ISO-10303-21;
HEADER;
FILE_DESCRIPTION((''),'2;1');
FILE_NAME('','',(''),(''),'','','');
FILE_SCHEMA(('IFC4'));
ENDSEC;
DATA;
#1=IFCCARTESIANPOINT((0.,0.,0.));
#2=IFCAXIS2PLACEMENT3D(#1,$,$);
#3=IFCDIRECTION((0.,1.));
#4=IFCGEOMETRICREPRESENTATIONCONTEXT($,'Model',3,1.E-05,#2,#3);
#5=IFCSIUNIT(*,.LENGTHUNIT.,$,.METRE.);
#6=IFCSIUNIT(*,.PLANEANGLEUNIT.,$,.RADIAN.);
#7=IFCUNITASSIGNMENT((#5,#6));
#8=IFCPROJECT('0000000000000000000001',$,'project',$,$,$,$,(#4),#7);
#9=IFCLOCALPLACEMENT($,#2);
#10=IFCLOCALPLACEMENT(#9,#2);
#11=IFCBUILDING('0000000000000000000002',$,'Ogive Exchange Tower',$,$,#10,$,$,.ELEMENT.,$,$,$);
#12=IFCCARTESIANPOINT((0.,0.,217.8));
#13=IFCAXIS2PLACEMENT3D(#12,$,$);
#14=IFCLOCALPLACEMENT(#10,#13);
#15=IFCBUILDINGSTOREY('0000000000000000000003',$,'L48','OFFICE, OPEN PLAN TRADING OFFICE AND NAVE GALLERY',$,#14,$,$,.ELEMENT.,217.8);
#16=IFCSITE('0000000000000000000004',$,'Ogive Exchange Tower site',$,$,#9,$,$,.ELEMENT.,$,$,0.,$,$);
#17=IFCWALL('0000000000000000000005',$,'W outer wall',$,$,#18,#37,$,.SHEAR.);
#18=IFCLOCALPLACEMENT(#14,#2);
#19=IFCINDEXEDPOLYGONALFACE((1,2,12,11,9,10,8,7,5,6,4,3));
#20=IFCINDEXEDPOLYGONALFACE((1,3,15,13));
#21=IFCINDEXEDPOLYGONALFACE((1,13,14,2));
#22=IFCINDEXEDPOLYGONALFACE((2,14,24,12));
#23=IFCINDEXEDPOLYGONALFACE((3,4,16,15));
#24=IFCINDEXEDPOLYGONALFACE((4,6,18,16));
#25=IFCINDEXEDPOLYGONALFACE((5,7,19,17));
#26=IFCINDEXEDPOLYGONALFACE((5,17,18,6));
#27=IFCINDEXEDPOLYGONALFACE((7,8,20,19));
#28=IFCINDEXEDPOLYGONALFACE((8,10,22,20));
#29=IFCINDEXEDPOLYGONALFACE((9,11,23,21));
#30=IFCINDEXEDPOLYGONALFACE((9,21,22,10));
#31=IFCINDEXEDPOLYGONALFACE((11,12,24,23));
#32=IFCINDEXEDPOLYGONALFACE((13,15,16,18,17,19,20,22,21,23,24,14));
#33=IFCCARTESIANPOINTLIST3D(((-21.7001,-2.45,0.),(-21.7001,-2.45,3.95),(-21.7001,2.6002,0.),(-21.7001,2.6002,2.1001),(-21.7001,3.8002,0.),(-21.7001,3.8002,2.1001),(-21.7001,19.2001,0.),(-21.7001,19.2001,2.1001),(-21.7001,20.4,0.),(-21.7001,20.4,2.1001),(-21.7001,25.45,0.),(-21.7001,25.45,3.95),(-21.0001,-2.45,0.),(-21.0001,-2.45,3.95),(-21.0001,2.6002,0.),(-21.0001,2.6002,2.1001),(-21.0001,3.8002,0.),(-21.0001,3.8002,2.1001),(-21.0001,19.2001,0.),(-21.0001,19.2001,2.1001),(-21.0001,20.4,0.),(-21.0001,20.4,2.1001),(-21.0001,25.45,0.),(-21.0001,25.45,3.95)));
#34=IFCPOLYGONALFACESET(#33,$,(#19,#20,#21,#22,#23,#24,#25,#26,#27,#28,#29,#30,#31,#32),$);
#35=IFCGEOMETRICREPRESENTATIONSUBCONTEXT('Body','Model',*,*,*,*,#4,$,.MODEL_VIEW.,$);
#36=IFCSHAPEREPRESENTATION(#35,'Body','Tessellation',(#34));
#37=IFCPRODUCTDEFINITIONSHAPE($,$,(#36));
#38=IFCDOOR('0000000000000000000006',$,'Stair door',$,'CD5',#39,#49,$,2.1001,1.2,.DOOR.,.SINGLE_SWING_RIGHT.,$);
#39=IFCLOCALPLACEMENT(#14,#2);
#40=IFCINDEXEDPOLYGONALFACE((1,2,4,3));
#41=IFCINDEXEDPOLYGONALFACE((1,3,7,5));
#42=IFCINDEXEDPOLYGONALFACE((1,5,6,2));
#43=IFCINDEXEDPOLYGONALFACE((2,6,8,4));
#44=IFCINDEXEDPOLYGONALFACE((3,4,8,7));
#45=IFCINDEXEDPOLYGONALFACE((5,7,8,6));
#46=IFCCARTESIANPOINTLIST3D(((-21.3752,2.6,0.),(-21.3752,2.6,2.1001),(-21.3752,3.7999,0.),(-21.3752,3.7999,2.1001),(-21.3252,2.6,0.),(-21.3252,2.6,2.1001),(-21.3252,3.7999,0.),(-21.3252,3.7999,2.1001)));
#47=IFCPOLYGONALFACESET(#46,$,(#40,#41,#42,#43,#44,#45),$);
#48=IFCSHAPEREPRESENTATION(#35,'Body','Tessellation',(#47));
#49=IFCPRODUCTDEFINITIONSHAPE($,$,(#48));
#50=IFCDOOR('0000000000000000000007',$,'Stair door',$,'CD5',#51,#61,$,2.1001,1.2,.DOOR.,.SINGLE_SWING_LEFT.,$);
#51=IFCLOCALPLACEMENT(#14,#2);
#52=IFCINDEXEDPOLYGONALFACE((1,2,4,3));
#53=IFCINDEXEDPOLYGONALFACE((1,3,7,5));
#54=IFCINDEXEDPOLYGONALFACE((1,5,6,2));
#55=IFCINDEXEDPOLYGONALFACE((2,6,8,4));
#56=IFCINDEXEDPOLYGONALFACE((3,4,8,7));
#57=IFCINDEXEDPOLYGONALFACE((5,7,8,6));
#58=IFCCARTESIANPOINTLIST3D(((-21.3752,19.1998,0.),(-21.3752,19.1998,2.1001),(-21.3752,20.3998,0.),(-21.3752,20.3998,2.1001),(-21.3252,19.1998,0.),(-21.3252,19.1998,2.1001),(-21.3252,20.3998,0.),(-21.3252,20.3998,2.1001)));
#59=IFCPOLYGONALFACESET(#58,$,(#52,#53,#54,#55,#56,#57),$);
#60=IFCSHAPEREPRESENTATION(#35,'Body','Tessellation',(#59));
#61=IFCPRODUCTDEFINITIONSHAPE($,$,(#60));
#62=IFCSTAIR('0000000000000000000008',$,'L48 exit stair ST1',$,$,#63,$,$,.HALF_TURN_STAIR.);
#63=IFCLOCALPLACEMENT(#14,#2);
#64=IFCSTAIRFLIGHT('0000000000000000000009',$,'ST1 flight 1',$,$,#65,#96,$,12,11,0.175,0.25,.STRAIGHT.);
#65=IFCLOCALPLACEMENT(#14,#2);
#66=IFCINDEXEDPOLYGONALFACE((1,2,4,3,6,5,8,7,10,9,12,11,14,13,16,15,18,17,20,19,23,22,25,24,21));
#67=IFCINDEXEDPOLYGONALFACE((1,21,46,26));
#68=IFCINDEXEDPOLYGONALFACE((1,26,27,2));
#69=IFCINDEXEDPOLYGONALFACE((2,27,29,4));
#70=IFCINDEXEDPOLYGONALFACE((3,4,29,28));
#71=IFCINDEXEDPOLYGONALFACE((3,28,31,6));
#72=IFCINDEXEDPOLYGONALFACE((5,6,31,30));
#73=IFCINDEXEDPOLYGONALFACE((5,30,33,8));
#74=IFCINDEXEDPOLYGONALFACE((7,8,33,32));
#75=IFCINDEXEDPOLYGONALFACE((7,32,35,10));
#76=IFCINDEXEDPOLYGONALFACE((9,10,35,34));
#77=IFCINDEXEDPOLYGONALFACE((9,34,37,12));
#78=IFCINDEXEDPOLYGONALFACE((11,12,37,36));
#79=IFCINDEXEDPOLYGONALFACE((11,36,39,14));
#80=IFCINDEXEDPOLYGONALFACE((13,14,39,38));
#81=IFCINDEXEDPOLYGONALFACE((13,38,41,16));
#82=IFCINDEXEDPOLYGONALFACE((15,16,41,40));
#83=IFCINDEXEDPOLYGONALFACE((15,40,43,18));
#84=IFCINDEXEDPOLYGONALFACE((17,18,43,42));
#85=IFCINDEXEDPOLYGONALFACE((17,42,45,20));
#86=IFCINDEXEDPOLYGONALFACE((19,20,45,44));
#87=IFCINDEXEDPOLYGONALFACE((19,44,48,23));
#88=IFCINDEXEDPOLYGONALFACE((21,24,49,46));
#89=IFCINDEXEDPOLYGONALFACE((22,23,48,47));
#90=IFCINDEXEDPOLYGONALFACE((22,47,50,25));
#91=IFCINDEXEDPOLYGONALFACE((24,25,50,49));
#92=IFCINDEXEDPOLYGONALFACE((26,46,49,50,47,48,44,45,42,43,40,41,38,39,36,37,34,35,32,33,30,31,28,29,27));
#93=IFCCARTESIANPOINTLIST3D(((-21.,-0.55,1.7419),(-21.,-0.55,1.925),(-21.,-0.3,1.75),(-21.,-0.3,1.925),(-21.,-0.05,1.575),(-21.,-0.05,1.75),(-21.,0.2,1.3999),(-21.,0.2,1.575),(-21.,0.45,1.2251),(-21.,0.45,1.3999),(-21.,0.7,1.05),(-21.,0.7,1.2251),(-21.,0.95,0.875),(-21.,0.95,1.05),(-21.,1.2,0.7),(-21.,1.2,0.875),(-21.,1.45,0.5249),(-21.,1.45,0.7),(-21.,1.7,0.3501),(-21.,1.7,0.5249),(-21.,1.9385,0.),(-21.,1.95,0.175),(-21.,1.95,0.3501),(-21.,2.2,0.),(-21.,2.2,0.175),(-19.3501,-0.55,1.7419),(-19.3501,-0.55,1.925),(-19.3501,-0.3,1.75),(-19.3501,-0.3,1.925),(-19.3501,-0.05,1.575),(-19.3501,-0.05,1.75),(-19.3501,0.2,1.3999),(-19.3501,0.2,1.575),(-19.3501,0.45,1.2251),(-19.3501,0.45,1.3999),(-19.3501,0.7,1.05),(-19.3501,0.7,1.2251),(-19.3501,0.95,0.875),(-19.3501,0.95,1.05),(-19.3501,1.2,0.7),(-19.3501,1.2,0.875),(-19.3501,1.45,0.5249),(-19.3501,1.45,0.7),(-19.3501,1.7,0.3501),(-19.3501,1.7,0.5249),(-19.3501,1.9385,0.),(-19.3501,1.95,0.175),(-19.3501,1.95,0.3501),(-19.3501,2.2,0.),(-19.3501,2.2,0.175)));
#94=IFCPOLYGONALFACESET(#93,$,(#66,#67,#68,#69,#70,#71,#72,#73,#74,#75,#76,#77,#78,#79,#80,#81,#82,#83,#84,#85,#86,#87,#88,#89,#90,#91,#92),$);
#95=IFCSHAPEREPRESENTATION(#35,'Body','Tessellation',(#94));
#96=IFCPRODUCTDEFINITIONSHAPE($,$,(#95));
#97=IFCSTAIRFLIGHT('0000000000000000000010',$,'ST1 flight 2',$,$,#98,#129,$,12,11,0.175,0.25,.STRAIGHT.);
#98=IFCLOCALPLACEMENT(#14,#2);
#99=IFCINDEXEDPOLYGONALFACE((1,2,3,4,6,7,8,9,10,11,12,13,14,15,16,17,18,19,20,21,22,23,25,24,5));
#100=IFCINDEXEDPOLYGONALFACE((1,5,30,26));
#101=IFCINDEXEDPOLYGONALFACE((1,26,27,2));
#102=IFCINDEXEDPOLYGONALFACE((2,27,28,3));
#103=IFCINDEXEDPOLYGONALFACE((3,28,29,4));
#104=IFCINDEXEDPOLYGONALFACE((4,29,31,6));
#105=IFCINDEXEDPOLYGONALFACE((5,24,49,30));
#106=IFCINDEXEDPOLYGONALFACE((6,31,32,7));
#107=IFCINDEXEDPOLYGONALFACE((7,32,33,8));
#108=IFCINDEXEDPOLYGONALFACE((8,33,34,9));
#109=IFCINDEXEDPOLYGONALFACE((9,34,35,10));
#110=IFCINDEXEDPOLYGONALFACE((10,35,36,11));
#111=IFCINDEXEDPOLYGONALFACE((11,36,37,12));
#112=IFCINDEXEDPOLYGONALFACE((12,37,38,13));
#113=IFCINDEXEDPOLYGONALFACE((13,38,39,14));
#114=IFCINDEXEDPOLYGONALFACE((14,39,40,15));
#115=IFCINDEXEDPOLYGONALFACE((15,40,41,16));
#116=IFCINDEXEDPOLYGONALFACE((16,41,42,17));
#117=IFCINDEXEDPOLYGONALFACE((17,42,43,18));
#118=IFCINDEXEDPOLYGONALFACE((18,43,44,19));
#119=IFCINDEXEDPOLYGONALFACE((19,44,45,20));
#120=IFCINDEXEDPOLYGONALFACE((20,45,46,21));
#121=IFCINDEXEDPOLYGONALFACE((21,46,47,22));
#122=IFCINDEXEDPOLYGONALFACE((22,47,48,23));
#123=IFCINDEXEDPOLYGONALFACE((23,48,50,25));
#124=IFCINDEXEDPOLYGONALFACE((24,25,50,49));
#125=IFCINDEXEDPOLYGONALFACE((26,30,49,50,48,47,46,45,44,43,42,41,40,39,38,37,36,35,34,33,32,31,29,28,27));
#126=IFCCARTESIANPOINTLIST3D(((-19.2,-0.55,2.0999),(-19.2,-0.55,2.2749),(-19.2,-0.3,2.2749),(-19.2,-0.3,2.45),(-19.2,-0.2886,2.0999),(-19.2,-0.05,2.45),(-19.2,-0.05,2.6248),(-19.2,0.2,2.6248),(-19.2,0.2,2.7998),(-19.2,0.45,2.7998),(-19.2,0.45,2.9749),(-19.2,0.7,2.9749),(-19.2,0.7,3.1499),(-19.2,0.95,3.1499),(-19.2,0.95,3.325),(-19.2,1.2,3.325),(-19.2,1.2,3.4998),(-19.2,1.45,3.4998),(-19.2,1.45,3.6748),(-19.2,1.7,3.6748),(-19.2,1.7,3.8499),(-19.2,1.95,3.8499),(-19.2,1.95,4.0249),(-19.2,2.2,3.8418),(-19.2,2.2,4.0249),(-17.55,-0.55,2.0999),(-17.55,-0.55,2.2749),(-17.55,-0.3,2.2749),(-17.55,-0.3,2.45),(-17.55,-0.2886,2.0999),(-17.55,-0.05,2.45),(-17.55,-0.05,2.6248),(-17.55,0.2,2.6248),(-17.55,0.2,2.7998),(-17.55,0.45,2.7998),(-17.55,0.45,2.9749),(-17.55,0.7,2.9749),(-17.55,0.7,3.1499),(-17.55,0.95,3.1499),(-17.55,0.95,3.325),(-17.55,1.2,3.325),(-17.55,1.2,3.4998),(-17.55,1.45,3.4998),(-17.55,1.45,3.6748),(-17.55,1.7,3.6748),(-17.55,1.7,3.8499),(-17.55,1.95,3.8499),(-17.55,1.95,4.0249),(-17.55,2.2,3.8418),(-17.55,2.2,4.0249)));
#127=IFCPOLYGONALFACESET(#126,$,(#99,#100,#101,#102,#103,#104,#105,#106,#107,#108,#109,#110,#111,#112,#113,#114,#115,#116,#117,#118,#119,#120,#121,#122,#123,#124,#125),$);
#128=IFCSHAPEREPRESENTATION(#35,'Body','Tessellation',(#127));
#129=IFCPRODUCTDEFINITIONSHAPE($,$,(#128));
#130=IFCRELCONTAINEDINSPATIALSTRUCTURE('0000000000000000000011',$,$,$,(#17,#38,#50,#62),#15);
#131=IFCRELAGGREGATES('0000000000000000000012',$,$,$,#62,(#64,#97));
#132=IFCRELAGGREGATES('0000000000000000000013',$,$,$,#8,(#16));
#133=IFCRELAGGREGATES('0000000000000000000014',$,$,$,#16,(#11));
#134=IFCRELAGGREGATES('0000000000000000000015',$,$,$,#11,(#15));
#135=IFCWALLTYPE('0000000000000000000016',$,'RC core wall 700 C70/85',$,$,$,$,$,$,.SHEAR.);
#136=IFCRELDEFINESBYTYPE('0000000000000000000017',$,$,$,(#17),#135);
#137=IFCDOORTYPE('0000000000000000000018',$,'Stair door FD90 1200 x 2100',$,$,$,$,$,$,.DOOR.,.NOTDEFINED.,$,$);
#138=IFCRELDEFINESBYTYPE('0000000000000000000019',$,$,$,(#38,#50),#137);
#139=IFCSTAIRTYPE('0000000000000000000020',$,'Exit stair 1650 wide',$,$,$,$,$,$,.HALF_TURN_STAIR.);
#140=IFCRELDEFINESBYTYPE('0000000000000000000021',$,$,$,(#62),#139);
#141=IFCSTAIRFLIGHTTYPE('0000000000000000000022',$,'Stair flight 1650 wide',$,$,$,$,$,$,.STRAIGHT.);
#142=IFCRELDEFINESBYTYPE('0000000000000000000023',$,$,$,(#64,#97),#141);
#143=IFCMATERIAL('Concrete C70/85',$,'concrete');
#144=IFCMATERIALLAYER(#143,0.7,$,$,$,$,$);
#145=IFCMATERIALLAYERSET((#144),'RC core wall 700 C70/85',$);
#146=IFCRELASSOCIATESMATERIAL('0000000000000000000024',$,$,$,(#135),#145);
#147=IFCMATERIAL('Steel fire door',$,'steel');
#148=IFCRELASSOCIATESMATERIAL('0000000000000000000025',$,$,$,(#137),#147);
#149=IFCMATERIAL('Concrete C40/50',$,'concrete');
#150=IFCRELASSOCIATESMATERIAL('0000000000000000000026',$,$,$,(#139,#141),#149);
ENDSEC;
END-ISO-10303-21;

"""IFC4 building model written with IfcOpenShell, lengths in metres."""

from ifc_helpers import new_model, si_unit, direction, frame, frame_2d, origin, place, context, subcontext, project, spatial, polyline, rectangle, outline, extrude, material, layer, layer_set, type_object, element, fill, aggregate, save


model = new_model("IFC4")

# Units and contexts
model_context = context("Model", 3, precision=1e-05, world=origin(), true_north=direction((0.0, 1.0)))
body_context = subcontext(model_context, "Body", "Model", "MODEL_VIEW")
ifc_project = project(units=[si_unit("LENGTHUNIT", "METRE"), si_unit("PLANEANGLEUNIT", "RADIAN")], contexts=[model_context])

# Site, building, storey
site_placement = place(None, origin())
site = spatial("IfcSite", under=ifc_project, at=site_placement, Name="Ogive Exchange Tower site", CompositionType="ELEMENT", RefElevation=0.0)
building_placement = place(site_placement, origin())
building = spatial("IfcBuilding", under=site, at=building_placement, Name="Ogive Exchange Tower", CompositionType="ELEMENT")
storey_placement = place(building_placement, frame((0.0, 0.0, 217.8)))
storey = spatial("IfcBuildingStorey", under=building, at=storey_placement, Name="L48", Description="OFFICE, OPEN PLAN TRADING OFFICE AND NAVE GALLERY", CompositionType="ELEMENT", Elevation=217.8)

# Shared definitions
ifc_material_1 = material(Name="Concrete C70/85", Category="concrete")
ifc_material_2 = material(Name="Steel fire door", Category="steel")

# Wall, openings, doors
ifc_layer_1 = layer(ifc_material_1, 0.7)
ifc_layer_set_1 = layer_set([ifc_layer_1], Name="RC core wall 700 C70/85")
wall_type_1 = type_object("IfcWallType", Name="RC core wall 700 C70/85", PredefinedType="SHEAR", material=ifc_layer_set_1)
wall_1_placement = place(storey_placement, frame((-21.3501, -2.45, 0.0), z_axis=(0.0, 0.0, 1.0), x_axis=(0.0, 1.0, 0.0)))
wall_1 = element("IfcWall", 1, at=wall_1_placement, inside=storey, type_object=wall_type_1, Name="W outer wall", PredefinedType="SHEAR", context=body_context, shape_type="SweptSolid", body=[
    extrude(rectangle(XDim=27.8999, YDim=0.7, at=frame_2d((13.95, 0.0))), origin(), (0.0, 0.0, 1.0), 3.95),
])
opening_1_placement = place(wall_1_placement, frame((5.05, 0.0, 0.0)))
opening_1 = element("IfcOpeningElement", 2, at=opening_1_placement, cuts=wall_1, PredefinedType="OPENING", context=body_context, shape_type="SweptSolid", body=[
    extrude(rectangle(XDim=1.2, YDim=2.1001, at=frame_2d((0.6001, 1.05))), frame((0.0, 0.3599, 0.0), z_axis=(0.0, -1.0, 0.0), x_axis=(1.0, 0.0, 0.0)), (0.0, 0.0, 1.0), 0.72),
])
opening_2_placement = place(wall_1_placement, frame((21.6499, 0.0, 0.0)))
opening_2 = element("IfcOpeningElement", 3, at=opening_2_placement, cuts=wall_1, PredefinedType="OPENING", context=body_context, shape_type="SweptSolid", body=[
    extrude(rectangle(XDim=1.2, YDim=2.1001, at=frame_2d((0.6001, 1.05))), frame((0.0, 0.3599, 0.0), z_axis=(0.0, -1.0, 0.0), x_axis=(1.0, 0.0, 0.0)), (0.0, 0.0, 1.0), 0.72),
])
door_type_1 = type_object("IfcDoorType", Name="Stair door FD90 1200 x 2100", OperationType="NOTDEFINED", PredefinedType="DOOR", material=ifc_material_2)
door_1_placement = place(opening_1_placement, frame((1.2, 0.0, 0.0), z_axis=(0.0, 0.0, 1.0), x_axis=(-1.0, 0.0, 0.0)))
door_1 = element("IfcDoor", 4, at=door_1_placement, inside=storey, type_object=door_type_1, Name="Stair door", ObjectType="CD5", OperationType="SINGLE_SWING_RIGHT", OverallHeight=2.1001, OverallWidth=1.2, PredefinedType="DOOR", context=body_context, shape_type="SweptSolid", body=[
    extrude(rectangle(XDim=1.2, YDim=2.1001, at=frame_2d((0.6001, 1.05))), frame((0.0, 0.0249, 0.0), z_axis=(0.0, -1.0, 0.0), x_axis=(1.0, 0.0, 0.0)), (0.0, 0.0, 1.0), 0.05),
])
fill(opening_1, door_1)
door_2_placement = place(opening_2_placement, frame((1.2, 0.0, 0.0), z_axis=(0.0, 0.0, 1.0), x_axis=(-1.0, 0.0, 0.0)))
door_2 = element("IfcDoor", 5, at=door_2_placement, inside=storey, type_object=door_type_1, Name="Stair door", ObjectType="CD5", OperationType="SINGLE_SWING_LEFT", OverallHeight=2.1001, OverallWidth=1.2, PredefinedType="DOOR", context=body_context, shape_type="SweptSolid", body=[
    extrude(rectangle(XDim=1.2, YDim=2.1001, at=frame_2d((0.6001, 1.05))), frame((0.0, 0.0249, 0.0), z_axis=(0.0, -1.0, 0.0), x_axis=(1.0, 0.0, 0.0)), (0.0, 0.0, 1.0), 0.05),
])
fill(opening_2, door_2)

# Stair, stair flights
ifc_material_3 = material(Name="Concrete C40/50", Category="concrete")
stair_type = type_object("IfcStairType", Name="Exit stair 1650 wide", PredefinedType="HALF_TURN_STAIR", material=ifc_material_3)
stair_placement = place(storey_placement, origin())
stair = element("IfcStair", 6, at=stair_placement, inside=storey, type_object=stair_type, Name="L48 exit stair ST1", PredefinedType="HALF_TURN_STAIR")
stair_flight_type = type_object("IfcStairFlightType", Name="Stair flight 1650 wide", PredefinedType="STRAIGHT", material=ifc_material_3)
stair_flight_1_placement = place(storey_placement, frame((-20.175, 2.2, 0.0), z_axis=(0.0, 0.0, 1.0), x_axis=(0.0, -1.0, 0.0)))
stair_flight_1 = element("IfcStairFlight", 7, at=stair_flight_1_placement, type_object=stair_flight_type, Name="ST1 flight 1", NumberOfRisers=12, NumberOfTreads=11, PredefinedType="STRAIGHT", RiserHeight=0.175, TreadLength=0.25, context=body_context, shape_type="SweptSolid", body=[
    extrude(outline(polyline([(0.0, 0.0), (0.0, 0.175), (0.25, 0.175), (0.25, 0.3501), (0.5, 0.3501), (0.5, 0.5249), (0.75, 0.5249), (0.75, 0.7), (1.0, 0.7), (1.0, 0.875), (1.25, 0.875), (1.25, 1.05), (1.5, 1.05), (1.5, 1.2251), (1.75, 1.2251), (1.75, 1.3999), (2.0, 1.3999), (2.0, 1.575), (2.25, 1.575), (2.25, 1.75), (2.5, 1.75), (2.5, 1.925), (2.75, 1.925), (2.75, 2.1001), (2.75, 1.7419), (0.2615, 0.0), (0.0, 0.0)])), frame((0.0, 0.825, 0.0), z_axis=(0.0, -1.0, 0.0), x_axis=(1.0, 0.0, 0.0)), (0.0, 0.0, 1.0), 1.6499),
])
stair_flight_2_placement = place(storey_placement, frame((-18.375, -0.55, 2.0999), z_axis=(0.0, 0.0, 1.0), x_axis=(0.0, 1.0, 0.0)))
stair_flight_2 = element("IfcStairFlight", 8, at=stair_flight_2_placement, type_object=stair_flight_type, Name="ST1 flight 2", NumberOfRisers=12, NumberOfTreads=11, PredefinedType="STRAIGHT", RiserHeight=0.175, TreadLength=0.25, context=body_context, shape_type="SweptSolid", body=[
    extrude(outline(polyline([(0.0, 0.0), (0.0, 0.175), (0.25, 0.175), (0.25, 0.3501), (0.5, 0.3501), (0.5, 0.5249), (0.75, 0.5249), (0.75, 0.7), (1.0, 0.7), (1.0, 0.875), (1.25, 0.875), (1.25, 1.05), (1.5, 1.05), (1.5, 1.2251), (1.75, 1.2251), (1.75, 1.3999), (2.0, 1.3999), (2.0, 1.575), (2.25, 1.575), (2.25, 1.75), (2.5, 1.75), (2.5, 1.925), (2.75, 1.925), (2.75, 2.1001), (2.75, 1.7419), (0.2615, 0.0), (0.0, 0.0)])), frame((0.0, 0.825, 0.0), z_axis=(0.0, -1.0, 0.0), x_axis=(1.0, 0.0, 0.0)), (0.0, 0.0, 1.0), 1.6499),
])
aggregate(stair, [stair_flight_1, stair_flight_2])

save(model, "model.ifc")
